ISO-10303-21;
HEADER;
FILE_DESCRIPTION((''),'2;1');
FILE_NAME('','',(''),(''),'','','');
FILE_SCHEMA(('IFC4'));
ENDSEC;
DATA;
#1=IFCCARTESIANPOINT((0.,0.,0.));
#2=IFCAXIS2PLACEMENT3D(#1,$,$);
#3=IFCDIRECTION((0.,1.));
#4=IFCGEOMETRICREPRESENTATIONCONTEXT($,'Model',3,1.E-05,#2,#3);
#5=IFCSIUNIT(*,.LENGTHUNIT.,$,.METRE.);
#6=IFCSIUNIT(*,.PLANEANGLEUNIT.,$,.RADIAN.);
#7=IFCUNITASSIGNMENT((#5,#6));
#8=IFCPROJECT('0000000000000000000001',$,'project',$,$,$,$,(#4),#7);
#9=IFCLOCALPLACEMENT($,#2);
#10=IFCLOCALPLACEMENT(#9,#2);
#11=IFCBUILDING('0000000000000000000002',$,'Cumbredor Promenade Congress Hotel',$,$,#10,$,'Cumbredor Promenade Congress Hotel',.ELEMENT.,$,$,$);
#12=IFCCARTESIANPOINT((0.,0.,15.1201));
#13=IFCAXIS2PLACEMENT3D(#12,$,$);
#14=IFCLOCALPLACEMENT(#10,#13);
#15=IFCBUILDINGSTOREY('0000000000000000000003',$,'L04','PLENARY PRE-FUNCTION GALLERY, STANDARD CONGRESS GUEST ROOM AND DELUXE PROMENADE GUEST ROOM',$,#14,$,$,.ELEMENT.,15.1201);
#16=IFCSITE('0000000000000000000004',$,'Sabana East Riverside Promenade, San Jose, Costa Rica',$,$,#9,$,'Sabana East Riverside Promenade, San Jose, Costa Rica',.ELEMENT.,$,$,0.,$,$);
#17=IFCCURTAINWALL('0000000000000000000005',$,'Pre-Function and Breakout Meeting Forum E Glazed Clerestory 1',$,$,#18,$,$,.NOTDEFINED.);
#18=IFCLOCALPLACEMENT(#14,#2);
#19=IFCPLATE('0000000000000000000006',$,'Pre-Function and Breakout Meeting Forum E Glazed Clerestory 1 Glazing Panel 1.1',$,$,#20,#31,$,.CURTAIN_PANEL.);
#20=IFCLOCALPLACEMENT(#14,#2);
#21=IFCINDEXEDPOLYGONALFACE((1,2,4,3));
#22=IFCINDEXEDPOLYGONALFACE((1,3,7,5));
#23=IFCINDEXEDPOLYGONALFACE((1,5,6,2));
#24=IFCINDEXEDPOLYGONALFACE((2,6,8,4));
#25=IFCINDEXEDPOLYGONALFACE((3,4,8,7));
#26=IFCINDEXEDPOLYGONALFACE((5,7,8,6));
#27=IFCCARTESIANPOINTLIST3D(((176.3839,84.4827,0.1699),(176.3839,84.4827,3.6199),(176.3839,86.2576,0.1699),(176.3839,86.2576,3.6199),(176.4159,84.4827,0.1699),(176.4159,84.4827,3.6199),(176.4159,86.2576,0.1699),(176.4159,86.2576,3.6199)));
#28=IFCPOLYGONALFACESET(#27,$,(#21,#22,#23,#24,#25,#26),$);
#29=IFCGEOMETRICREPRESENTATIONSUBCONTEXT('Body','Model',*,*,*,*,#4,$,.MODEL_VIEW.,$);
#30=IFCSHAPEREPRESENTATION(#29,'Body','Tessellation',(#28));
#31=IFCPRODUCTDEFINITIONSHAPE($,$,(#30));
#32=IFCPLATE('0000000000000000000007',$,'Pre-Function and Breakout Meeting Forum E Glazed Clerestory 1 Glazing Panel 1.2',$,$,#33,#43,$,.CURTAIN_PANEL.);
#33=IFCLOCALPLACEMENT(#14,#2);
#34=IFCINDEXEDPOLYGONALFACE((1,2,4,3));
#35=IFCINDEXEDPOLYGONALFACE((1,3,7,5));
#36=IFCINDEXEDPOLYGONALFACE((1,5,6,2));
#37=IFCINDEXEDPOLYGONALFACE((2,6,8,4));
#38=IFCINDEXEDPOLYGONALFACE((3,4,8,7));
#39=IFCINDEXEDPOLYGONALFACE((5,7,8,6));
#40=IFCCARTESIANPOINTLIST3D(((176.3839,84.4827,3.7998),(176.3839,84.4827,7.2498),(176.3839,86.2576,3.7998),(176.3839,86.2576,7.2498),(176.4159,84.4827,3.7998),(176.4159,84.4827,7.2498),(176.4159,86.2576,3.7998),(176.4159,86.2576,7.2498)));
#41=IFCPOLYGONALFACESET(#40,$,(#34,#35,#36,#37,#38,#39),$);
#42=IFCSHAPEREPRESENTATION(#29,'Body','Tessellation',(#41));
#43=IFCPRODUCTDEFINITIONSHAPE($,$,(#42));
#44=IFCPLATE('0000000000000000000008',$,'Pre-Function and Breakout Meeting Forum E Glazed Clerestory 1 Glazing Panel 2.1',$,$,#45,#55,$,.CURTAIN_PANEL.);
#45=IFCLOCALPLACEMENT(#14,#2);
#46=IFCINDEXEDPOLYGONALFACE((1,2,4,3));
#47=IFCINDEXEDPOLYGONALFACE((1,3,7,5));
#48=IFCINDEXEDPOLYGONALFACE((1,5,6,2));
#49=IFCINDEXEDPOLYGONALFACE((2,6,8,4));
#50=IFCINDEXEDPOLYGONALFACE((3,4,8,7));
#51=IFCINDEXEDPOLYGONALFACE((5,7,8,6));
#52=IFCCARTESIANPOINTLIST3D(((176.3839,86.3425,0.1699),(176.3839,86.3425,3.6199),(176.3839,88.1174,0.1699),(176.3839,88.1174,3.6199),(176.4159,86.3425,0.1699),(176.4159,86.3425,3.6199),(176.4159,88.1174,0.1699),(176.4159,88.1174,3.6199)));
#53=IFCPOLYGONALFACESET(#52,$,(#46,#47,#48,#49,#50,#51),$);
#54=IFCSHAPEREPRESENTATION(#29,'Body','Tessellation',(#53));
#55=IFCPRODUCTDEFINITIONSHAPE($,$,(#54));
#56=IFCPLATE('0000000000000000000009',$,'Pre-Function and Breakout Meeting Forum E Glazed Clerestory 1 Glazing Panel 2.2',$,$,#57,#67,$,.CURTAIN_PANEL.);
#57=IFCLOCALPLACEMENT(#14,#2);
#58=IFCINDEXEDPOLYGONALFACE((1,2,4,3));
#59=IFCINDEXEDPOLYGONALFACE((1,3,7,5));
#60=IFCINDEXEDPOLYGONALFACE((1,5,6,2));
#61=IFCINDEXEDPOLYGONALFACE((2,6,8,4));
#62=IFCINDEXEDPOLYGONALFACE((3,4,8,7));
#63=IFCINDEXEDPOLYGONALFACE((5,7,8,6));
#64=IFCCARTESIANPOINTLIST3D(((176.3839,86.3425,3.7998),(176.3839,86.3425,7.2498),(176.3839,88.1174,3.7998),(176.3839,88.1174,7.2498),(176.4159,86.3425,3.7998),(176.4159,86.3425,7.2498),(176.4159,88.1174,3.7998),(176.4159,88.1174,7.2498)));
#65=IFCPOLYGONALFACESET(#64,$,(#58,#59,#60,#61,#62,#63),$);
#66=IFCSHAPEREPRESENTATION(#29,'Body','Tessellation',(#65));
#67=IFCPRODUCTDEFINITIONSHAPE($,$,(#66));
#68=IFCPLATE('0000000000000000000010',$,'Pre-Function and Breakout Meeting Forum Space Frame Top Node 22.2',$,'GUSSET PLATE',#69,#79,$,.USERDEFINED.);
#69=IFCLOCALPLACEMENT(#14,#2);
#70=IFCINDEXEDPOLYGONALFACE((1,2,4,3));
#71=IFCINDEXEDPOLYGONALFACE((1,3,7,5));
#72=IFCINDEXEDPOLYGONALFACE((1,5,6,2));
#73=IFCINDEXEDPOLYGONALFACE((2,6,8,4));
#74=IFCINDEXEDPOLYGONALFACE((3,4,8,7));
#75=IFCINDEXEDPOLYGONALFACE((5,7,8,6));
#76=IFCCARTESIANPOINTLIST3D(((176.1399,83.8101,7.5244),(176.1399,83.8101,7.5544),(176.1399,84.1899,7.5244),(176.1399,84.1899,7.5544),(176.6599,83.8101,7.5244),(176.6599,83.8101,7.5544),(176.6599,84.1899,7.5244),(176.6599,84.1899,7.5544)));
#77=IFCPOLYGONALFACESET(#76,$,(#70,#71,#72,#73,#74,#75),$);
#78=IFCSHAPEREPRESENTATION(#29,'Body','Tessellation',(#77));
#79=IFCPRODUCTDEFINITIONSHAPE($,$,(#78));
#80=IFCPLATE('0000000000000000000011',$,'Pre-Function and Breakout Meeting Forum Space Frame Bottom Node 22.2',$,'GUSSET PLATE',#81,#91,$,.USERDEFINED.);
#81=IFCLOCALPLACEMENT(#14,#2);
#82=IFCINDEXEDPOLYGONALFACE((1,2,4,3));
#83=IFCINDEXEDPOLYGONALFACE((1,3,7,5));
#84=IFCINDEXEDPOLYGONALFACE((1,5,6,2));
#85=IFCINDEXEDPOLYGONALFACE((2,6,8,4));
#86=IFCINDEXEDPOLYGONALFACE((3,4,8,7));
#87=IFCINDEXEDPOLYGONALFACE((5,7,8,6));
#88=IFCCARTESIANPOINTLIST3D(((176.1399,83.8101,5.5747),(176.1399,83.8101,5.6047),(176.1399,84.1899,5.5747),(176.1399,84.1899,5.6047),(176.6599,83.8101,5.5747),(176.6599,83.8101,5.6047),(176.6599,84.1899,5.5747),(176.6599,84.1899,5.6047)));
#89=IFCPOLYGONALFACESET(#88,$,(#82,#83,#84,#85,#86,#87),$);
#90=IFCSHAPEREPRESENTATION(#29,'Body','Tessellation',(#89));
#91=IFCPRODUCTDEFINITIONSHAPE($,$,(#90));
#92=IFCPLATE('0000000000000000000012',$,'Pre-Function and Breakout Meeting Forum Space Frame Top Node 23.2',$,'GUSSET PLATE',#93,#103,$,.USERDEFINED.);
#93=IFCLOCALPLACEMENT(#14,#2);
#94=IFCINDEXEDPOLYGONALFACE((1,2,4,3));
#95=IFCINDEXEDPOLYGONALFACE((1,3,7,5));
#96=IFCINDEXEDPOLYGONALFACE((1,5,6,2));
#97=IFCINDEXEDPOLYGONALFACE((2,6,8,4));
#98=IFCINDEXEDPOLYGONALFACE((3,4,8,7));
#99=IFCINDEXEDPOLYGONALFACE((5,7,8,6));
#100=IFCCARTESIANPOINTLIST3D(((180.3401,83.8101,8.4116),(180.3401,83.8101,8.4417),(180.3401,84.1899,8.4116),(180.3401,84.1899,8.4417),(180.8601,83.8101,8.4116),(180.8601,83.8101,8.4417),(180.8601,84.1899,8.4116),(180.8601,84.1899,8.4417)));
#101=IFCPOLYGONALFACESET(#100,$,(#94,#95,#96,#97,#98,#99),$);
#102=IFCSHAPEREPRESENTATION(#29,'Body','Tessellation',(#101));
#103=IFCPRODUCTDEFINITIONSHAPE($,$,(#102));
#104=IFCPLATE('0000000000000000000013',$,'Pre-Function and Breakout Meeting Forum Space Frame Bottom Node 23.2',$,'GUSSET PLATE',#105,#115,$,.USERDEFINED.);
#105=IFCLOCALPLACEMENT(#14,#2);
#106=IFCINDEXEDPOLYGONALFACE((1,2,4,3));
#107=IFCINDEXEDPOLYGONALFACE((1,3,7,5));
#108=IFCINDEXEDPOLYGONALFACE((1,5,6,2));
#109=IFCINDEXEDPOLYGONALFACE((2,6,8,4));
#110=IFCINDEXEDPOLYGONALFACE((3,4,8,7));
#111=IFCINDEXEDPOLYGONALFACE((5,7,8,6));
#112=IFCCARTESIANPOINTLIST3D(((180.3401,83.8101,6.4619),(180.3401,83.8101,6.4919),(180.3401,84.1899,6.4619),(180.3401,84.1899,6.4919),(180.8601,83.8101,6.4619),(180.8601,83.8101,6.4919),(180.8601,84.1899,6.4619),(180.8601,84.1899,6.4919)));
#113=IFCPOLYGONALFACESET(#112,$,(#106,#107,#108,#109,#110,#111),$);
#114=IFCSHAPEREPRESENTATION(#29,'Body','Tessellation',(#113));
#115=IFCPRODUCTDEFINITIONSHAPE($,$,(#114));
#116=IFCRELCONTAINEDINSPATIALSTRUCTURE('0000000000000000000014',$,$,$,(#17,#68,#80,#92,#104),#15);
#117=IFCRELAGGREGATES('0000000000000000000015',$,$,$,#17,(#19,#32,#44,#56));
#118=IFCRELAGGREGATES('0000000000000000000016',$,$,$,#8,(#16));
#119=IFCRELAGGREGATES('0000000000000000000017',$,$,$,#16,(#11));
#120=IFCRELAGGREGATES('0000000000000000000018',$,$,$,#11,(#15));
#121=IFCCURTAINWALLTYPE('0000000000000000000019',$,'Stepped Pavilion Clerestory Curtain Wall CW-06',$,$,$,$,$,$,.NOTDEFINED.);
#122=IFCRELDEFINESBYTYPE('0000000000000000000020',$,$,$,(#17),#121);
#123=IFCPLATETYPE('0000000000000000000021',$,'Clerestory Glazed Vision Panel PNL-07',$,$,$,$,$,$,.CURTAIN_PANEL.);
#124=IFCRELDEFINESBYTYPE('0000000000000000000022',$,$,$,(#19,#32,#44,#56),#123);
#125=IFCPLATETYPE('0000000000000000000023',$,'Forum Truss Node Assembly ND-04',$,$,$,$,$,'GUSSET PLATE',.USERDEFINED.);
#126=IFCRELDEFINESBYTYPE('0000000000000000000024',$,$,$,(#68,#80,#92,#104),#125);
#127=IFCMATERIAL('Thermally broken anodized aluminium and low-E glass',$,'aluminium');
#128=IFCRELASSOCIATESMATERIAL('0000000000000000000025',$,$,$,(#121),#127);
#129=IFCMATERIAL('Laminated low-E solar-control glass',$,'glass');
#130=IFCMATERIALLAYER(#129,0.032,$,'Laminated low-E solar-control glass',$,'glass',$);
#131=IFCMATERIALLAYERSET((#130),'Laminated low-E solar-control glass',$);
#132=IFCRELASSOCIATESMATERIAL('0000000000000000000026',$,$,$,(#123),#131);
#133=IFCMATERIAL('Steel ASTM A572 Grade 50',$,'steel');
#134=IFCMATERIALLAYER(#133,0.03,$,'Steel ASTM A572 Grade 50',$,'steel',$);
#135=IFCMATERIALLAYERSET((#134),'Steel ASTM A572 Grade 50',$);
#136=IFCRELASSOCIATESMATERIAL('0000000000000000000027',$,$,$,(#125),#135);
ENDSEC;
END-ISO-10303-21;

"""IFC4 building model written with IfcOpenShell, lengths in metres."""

from ifc_helpers import new_model, si_unit, direction, frame, origin, origin_2d, place, context, subcontext, project, spatial, rectangle, extrude, material, layer, layer_set, type_object, element, aggregate, save


model = new_model("IFC4")

# Units and contexts
model_context = context("Model", 3, precision=1e-05, world=origin(), true_north=direction((0.0, 1.0)))
body_context = subcontext(model_context, "Body", "Model", "MODEL_VIEW")
ifc_project = project(units=[si_unit("LENGTHUNIT", "METRE"), si_unit("PLANEANGLEUNIT", "RADIAN")], contexts=[model_context])

# Site, building, storey
site_placement = place(None, origin())
site = spatial("IfcSite", under=ifc_project, at=site_placement, Name="Sabana East Riverside Promenade, San Jose, Costa Rica", LongName="Sabana East Riverside Promenade, San Jose, Costa Rica", CompositionType="ELEMENT", RefElevation=0.0)
building_placement = place(site_placement, origin())
building = spatial("IfcBuilding", under=site, at=building_placement, Name="Cumbredor Promenade Congress Hotel", LongName="Cumbredor Promenade Congress Hotel", CompositionType="ELEMENT")
storey_placement = place(building_placement, frame((0.0, 0.0, 15.1201)))
storey = spatial("IfcBuildingStorey", under=building, at=storey_placement, Name="L04", Description="PLENARY PRE-FUNCTION GALLERY, STANDARD CONGRESS GUEST ROOM AND DELUXE PROMENADE GUEST ROOM", CompositionType="ELEMENT", Elevation=15.1201)

# Shared definitions
ifc_material_1 = material(Name="Thermally broken anodized aluminium and low-E glass", Category="aluminium")
curtain_wall_type = type_object("IfcCurtainWallType", Name="Stepped Pavilion Clerestory Curtain Wall CW-06", PredefinedType="NOTDEFINED", material=ifc_material_1)

# Curtain wall
curtain_wall_1_placement = place(storey_placement, origin())
curtain_wall_1 = element("IfcCurtainWall", 1, at=curtain_wall_1_placement, inside=storey, type_object=curtain_wall_type, Name="Pre-Function and Breakout Meeting Forum E Glazed Clerestory 1", PredefinedType="NOTDEFINED")

# Plates
ifc_material_2 = material(Name="Laminated low-E solar-control glass", Category="glass")
ifc_layer_1 = layer(ifc_material_2, 0.032, Name="Laminated low-E solar-control glass", Category="glass")
ifc_layer_set_1 = layer_set([ifc_layer_1], Name="Laminated low-E solar-control glass")
plate_type_1 = type_object("IfcPlateType", Name="Clerestory Glazed Vision Panel PNL-07", PredefinedType="CURTAIN_PANEL", material=ifc_layer_set_1)
plate_1_placement = place(storey_placement, frame((176.3999, 85.3701, 0.1699), z_axis=(0.0, 0.0, 1.0), x_axis=(0.0, 1.0, 0.0)))
plate_1 = element("IfcPlate", 2, at=plate_1_placement, type_object=plate_type_1, Name="Pre-Function and Breakout Meeting Forum E Glazed Clerestory 1 Glazing Panel 1.1", PredefinedType="CURTAIN_PANEL", context=body_context, shape_type="SweptSolid", body=[
    extrude(rectangle(XDim=1.7749, YDim=0.032, at=origin_2d()), origin(), (0.0, 0.0, 1.0), 3.45),
])
plate_2_placement = place(storey_placement, frame((176.3999, 85.3701, 3.7998), z_axis=(0.0, 0.0, 1.0), x_axis=(0.0, 1.0, 0.0)))
plate_2 = element("IfcPlate", 3, at=plate_2_placement, type_object=plate_type_1, Name="Pre-Function and Breakout Meeting Forum E Glazed Clerestory 1 Glazing Panel 1.2", PredefinedType="CURTAIN_PANEL", context=body_context, shape_type="SweptSolid", body=[
    extrude(rectangle(XDim=1.7749, YDim=0.032, at=origin_2d()), origin(), (0.0, 0.0, 1.0), 3.45),
])
plate_3_placement = place(storey_placement, frame((176.3999, 87.23, 0.1699), z_axis=(0.0, 0.0, 1.0), x_axis=(0.0, 1.0, 0.0)))
plate_3 = element("IfcPlate", 4, at=plate_3_placement, type_object=plate_type_1, Name="Pre-Function and Breakout Meeting Forum E Glazed Clerestory 1 Glazing Panel 2.1", PredefinedType="CURTAIN_PANEL", context=body_context, shape_type="SweptSolid", body=[
    extrude(rectangle(XDim=1.7749, YDim=0.032, at=origin_2d()), origin(), (0.0, 0.0, 1.0), 3.45),
])
plate_4_placement = place(storey_placement, frame((176.3999, 87.23, 3.7998), z_axis=(0.0, 0.0, 1.0), x_axis=(0.0, 1.0, 0.0)))
plate_4 = element("IfcPlate", 5, at=plate_4_placement, type_object=plate_type_1, Name="Pre-Function and Breakout Meeting Forum E Glazed Clerestory 1 Glazing Panel 2.2", PredefinedType="CURTAIN_PANEL", context=body_context, shape_type="SweptSolid", body=[
    extrude(rectangle(XDim=1.7749, YDim=0.032, at=origin_2d()), origin(), (0.0, 0.0, 1.0), 3.45),
])
aggregate(curtain_wall_1, [plate_1, plate_2, plate_3, plate_4])

# Plates
ifc_material_3 = material(Name="Steel ASTM A572 Grade 50", Category="steel")
ifc_layer_2 = layer(ifc_material_3, 0.03, Name="Steel ASTM A572 Grade 50", Category="steel")
ifc_layer_set_2 = layer_set([ifc_layer_2], Name="Steel ASTM A572 Grade 50")
plate_type_2 = type_object("IfcPlateType", Name="Forum Truss Node Assembly ND-04", ElementType="GUSSET PLATE", PredefinedType="USERDEFINED", material=ifc_layer_set_2)
for number, where, z_axis, x_axis, name in (
    (6, (176.3999, 84.0, 7.5244), (0.0, 0.0, 1.0), (1.0, 0.0, 0.0), "Pre-Function and Breakout Meeting Forum Space Frame Top Node 22.2"),
    (7, (176.3999, 84.0, 5.5747), (0.0, 0.0, 1.0), (1.0, 0.0, 0.0), "Pre-Function and Breakout Meeting Forum Space Frame Bottom Node 22.2"),
    (8, (180.6001, 84.0, 8.4116), (0.0, 0.0, 1.0), (1.0, 0.0, 0.0), "Pre-Function and Breakout Meeting Forum Space Frame Top Node 23.2"),
    (9, (180.6001, 84.0, 6.4619), (0.0, 0.0, 1.0), (1.0, 0.0, 0.0), "Pre-Function and Breakout Meeting Forum Space Frame Bottom Node 23.2"),
):
    element("IfcPlate", number, at=place(storey_placement, frame(where, z_axis=z_axis, x_axis=x_axis)), inside=storey, type_object=plate_type_2, Name=name, ObjectType="GUSSET PLATE", PredefinedType="USERDEFINED", context=body_context, shape_type="SweptSolid", body=[
        extrude(rectangle(XDim=0.52, YDim=0.3799, at=origin_2d()), origin(), (0.0, 0.0, 1.0), 0.03),
    ])

save(model, "model.ifc")
